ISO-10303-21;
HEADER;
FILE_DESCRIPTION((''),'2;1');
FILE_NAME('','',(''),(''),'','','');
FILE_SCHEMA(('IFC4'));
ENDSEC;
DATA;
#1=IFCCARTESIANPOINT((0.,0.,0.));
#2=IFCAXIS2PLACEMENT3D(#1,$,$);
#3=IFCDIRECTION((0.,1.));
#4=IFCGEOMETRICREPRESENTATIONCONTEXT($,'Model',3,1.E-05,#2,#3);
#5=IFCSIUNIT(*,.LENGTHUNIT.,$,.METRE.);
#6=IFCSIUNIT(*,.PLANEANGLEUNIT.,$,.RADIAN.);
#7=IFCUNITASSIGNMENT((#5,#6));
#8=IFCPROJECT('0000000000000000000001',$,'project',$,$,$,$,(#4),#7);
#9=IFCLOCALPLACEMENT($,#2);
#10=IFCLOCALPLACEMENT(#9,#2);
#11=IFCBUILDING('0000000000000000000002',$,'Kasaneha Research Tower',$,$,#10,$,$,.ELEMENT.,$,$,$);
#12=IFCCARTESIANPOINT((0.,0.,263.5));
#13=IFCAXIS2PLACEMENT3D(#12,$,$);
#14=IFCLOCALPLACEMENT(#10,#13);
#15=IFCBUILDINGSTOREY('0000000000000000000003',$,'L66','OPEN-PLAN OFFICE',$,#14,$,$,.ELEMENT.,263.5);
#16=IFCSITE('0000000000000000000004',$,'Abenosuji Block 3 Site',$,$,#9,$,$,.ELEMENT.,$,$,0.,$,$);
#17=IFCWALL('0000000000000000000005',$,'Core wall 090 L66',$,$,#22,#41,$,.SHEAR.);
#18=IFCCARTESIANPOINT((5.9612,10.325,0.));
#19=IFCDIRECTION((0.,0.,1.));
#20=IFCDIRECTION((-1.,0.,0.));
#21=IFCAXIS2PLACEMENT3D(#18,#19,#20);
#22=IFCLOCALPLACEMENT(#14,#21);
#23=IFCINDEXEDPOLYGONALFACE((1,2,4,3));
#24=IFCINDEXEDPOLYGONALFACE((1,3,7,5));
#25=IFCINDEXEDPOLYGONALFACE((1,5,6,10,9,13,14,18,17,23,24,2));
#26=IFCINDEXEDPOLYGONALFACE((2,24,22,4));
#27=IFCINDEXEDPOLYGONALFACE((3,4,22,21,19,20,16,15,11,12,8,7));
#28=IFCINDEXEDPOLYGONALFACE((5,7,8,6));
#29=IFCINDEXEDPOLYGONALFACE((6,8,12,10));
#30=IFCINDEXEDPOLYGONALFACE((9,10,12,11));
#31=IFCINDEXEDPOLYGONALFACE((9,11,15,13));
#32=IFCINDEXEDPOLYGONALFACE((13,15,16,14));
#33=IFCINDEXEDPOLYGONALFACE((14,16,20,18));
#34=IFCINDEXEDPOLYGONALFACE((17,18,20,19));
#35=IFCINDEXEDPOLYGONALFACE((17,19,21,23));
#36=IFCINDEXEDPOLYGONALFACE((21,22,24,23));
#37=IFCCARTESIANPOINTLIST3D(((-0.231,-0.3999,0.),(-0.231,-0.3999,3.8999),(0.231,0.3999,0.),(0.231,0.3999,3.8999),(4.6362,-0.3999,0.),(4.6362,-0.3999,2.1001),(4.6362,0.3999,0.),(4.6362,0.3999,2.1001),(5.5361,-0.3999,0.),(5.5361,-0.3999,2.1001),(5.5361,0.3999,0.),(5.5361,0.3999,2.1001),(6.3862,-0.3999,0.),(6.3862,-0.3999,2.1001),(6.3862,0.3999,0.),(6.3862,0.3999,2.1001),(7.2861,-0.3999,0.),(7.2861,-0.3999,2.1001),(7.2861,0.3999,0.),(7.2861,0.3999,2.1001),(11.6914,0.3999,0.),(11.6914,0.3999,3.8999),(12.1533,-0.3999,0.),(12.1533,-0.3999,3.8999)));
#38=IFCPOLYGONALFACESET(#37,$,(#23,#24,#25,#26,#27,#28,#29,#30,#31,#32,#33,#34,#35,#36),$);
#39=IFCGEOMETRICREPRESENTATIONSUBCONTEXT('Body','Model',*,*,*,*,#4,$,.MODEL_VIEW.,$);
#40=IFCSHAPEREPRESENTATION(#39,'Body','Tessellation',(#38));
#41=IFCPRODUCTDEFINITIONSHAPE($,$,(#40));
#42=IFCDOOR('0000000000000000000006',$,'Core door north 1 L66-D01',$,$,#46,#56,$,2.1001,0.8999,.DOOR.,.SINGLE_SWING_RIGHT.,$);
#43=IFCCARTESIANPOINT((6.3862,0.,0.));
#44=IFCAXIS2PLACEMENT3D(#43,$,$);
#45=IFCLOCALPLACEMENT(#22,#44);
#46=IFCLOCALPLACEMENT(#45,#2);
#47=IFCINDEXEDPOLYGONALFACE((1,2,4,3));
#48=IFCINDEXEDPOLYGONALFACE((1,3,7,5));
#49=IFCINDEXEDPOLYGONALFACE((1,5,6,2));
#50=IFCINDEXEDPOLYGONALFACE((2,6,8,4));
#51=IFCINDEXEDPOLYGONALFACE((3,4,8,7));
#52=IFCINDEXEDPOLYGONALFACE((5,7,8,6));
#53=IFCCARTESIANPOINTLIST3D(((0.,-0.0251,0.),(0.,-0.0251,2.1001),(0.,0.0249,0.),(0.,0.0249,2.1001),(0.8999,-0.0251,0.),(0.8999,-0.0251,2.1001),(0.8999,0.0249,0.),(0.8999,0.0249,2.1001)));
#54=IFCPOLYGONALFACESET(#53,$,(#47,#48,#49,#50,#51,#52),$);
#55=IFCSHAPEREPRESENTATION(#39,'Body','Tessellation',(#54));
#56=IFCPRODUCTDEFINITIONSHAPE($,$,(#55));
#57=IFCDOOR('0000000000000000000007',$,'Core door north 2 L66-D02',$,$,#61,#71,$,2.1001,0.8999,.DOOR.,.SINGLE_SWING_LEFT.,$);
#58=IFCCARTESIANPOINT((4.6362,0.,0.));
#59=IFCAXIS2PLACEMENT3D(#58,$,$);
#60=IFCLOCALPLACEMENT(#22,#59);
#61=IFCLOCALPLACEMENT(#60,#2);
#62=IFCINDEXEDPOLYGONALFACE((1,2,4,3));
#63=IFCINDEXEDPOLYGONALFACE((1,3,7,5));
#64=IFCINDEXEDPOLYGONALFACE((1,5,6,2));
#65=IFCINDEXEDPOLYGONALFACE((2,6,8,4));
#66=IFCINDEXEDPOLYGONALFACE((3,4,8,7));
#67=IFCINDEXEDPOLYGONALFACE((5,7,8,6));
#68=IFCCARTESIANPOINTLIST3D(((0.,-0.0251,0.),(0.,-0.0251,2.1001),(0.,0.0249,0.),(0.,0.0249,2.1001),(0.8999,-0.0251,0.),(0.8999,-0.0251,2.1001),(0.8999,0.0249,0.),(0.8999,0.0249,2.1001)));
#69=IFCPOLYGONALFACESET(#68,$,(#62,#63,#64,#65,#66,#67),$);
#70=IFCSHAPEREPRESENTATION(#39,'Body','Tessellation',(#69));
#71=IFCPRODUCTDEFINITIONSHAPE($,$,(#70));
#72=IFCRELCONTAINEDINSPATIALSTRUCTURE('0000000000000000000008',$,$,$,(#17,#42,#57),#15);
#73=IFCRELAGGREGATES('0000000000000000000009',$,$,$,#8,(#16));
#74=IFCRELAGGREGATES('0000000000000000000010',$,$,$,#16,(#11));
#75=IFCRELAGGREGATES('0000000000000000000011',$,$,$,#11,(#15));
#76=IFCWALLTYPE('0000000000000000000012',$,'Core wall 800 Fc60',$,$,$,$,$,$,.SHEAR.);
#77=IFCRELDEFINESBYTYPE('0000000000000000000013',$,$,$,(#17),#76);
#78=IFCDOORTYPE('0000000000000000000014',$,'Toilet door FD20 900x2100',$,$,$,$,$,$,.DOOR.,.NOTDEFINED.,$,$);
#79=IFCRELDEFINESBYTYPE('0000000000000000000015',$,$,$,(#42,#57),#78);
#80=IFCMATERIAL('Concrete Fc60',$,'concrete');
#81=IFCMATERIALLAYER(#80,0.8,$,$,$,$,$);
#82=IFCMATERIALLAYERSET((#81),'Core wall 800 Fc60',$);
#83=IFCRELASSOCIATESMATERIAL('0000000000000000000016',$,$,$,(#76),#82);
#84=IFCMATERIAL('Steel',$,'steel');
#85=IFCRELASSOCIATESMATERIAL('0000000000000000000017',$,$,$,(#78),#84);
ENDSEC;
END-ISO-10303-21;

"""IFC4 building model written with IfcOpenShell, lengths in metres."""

from ifc_helpers import new_model, si_unit, direction, frame, frame_2d, origin, place, context, subcontext, project, spatial, polyline, rectangle, outline, extrude, material, layer, layer_set, type_object, element, fill, save


model = new_model("IFC4")

# Units and contexts
model_context = context("Model", 3, precision=1e-05, world=origin(), true_north=direction((0.0, 1.0)))
body_context = subcontext(model_context, "Body", "Model", "MODEL_VIEW")
ifc_project = project(units=[si_unit("LENGTHUNIT", "METRE"), si_unit("PLANEANGLEUNIT", "RADIAN")], contexts=[model_context])

# Site, building, storey
site_placement = place(None, origin())
site = spatial("IfcSite", under=ifc_project, at=site_placement, Name="Abenosuji Block 3 Site", CompositionType="ELEMENT", RefElevation=0.0)
building_placement = place(site_placement, origin())
building = spatial("IfcBuilding", under=site, at=building_placement, Name="Kasaneha Research Tower", CompositionType="ELEMENT")
storey_placement = place(building_placement, frame((0.0, 0.0, 263.5)))
storey = spatial("IfcBuildingStorey", under=building, at=storey_placement, Name="L66", Description="OPEN-PLAN OFFICE", CompositionType="ELEMENT", Elevation=263.5)

# Wall, openings, doors
ifc_material_1 = material(Name="Concrete Fc60", Category="concrete")
ifc_layer_1 = layer(ifc_material_1, 0.8)
ifc_layer_set_1 = layer_set([ifc_layer_1], Name="Core wall 800 Fc60")
wall_type_1 = type_object("IfcWallType", Name="Core wall 800 Fc60", PredefinedType="SHEAR", material=ifc_layer_set_1)
wall_1_placement = place(storey_placement, frame((5.9612, 10.325, 0.0), z_axis=(0.0, 0.0, 1.0), x_axis=(-1.0, 0.0, 0.0)))
wall_1 = element("IfcWall", 1, at=wall_1_placement, inside=storey, type_object=wall_type_1, Name="Core wall 090 L66", PredefinedType="SHEAR", context=body_context, shape_type="SweptSolid", body=[
    extrude(outline(polyline([(-0.231, -0.3999), (4.6362, -0.3999), (5.5361, -0.3999), (6.3862, -0.3999), (7.2861, -0.3999), (12.1533, -0.3999), (11.6914, 0.3999), (7.2861, 0.3999), (6.3862, 0.3999), (5.5361, 0.3999), (4.6362, 0.3999), (0.231, 0.3999), (-0.231, -0.3999)])), origin(), (0.0, 0.0, 1.0), 3.8999),
])
opening_1_placement = place(wall_1_placement, frame((6.3862, 0.0, 0.0)))
opening_1 = element("IfcOpeningElement", 2, at=opening_1_placement, cuts=wall_1, PredefinedType="OPENING", context=body_context, shape_type="SweptSolid", body=[
    extrude(rectangle(XDim=0.8999, YDim=2.1001, at=frame_2d((0.45, 1.05))), frame((0.0, 0.4102, 0.0), z_axis=(0.0, -1.0, 0.0), x_axis=(1.0, 0.0, 0.0)), (0.0, 0.0, 1.0), 0.8201),
])
opening_2_placement = place(wall_1_placement, frame((4.6362, 0.0, 0.0)))
opening_2 = element("IfcOpeningElement", 3, at=opening_2_placement, cuts=wall_1, PredefinedType="OPENING", context=body_context, shape_type="SweptSolid", body=[
    extrude(rectangle(XDim=0.8999, YDim=2.1001, at=frame_2d((0.45, 1.05))), frame((0.0, 0.4102, 0.0), z_axis=(0.0, -1.0, 0.0), x_axis=(1.0, 0.0, 0.0)), (0.0, 0.0, 1.0), 0.8201),
])
ifc_material_2 = material(Name="Steel", Category="steel")
door_type_1 = type_object("IfcDoorType", Name="Toilet door FD20 900x2100", OperationType="NOTDEFINED", PredefinedType="DOOR", material=ifc_material_2)
door_1_placement = place(opening_1_placement, origin())
door_1 = element("IfcDoor", 4, at=door_1_placement, inside=storey, type_object=door_type_1, Name="Core door north 1 L66-D01", OperationType="SINGLE_SWING_RIGHT", OverallHeight=2.1001, OverallWidth=0.8999, PredefinedType="DOOR", context=body_context, shape_type="SweptSolid", body=[
    extrude(rectangle(XDim=0.8999, YDim=2.1001, at=frame_2d((0.45, 1.05))), frame((0.0, 0.0249, 0.0), z_axis=(0.0, -1.0, 0.0), x_axis=(1.0, 0.0, 0.0)), (0.0, 0.0, 1.0), 0.05),
])
fill(opening_1, door_1)
door_2_placement = place(opening_2_placement, origin())
door_2 = element("IfcDoor", 5, at=door_2_placement, inside=storey, type_object=door_type_1, Name="Core door north 2 L66-D02", OperationType="SINGLE_SWING_LEFT", OverallHeight=2.1001, OverallWidth=0.8999, PredefinedType="DOOR", context=body_context, shape_type="SweptSolid", body=[
    extrude(rectangle(XDim=0.8999, YDim=2.1001, at=frame_2d((0.45, 1.05))), frame((0.0, 0.0249, 0.0), z_axis=(0.0, -1.0, 0.0), x_axis=(1.0, 0.0, 0.0)), (0.0, 0.0, 1.0), 0.05),
])
fill(opening_2, door_2)

save(model, "model.ifc")
